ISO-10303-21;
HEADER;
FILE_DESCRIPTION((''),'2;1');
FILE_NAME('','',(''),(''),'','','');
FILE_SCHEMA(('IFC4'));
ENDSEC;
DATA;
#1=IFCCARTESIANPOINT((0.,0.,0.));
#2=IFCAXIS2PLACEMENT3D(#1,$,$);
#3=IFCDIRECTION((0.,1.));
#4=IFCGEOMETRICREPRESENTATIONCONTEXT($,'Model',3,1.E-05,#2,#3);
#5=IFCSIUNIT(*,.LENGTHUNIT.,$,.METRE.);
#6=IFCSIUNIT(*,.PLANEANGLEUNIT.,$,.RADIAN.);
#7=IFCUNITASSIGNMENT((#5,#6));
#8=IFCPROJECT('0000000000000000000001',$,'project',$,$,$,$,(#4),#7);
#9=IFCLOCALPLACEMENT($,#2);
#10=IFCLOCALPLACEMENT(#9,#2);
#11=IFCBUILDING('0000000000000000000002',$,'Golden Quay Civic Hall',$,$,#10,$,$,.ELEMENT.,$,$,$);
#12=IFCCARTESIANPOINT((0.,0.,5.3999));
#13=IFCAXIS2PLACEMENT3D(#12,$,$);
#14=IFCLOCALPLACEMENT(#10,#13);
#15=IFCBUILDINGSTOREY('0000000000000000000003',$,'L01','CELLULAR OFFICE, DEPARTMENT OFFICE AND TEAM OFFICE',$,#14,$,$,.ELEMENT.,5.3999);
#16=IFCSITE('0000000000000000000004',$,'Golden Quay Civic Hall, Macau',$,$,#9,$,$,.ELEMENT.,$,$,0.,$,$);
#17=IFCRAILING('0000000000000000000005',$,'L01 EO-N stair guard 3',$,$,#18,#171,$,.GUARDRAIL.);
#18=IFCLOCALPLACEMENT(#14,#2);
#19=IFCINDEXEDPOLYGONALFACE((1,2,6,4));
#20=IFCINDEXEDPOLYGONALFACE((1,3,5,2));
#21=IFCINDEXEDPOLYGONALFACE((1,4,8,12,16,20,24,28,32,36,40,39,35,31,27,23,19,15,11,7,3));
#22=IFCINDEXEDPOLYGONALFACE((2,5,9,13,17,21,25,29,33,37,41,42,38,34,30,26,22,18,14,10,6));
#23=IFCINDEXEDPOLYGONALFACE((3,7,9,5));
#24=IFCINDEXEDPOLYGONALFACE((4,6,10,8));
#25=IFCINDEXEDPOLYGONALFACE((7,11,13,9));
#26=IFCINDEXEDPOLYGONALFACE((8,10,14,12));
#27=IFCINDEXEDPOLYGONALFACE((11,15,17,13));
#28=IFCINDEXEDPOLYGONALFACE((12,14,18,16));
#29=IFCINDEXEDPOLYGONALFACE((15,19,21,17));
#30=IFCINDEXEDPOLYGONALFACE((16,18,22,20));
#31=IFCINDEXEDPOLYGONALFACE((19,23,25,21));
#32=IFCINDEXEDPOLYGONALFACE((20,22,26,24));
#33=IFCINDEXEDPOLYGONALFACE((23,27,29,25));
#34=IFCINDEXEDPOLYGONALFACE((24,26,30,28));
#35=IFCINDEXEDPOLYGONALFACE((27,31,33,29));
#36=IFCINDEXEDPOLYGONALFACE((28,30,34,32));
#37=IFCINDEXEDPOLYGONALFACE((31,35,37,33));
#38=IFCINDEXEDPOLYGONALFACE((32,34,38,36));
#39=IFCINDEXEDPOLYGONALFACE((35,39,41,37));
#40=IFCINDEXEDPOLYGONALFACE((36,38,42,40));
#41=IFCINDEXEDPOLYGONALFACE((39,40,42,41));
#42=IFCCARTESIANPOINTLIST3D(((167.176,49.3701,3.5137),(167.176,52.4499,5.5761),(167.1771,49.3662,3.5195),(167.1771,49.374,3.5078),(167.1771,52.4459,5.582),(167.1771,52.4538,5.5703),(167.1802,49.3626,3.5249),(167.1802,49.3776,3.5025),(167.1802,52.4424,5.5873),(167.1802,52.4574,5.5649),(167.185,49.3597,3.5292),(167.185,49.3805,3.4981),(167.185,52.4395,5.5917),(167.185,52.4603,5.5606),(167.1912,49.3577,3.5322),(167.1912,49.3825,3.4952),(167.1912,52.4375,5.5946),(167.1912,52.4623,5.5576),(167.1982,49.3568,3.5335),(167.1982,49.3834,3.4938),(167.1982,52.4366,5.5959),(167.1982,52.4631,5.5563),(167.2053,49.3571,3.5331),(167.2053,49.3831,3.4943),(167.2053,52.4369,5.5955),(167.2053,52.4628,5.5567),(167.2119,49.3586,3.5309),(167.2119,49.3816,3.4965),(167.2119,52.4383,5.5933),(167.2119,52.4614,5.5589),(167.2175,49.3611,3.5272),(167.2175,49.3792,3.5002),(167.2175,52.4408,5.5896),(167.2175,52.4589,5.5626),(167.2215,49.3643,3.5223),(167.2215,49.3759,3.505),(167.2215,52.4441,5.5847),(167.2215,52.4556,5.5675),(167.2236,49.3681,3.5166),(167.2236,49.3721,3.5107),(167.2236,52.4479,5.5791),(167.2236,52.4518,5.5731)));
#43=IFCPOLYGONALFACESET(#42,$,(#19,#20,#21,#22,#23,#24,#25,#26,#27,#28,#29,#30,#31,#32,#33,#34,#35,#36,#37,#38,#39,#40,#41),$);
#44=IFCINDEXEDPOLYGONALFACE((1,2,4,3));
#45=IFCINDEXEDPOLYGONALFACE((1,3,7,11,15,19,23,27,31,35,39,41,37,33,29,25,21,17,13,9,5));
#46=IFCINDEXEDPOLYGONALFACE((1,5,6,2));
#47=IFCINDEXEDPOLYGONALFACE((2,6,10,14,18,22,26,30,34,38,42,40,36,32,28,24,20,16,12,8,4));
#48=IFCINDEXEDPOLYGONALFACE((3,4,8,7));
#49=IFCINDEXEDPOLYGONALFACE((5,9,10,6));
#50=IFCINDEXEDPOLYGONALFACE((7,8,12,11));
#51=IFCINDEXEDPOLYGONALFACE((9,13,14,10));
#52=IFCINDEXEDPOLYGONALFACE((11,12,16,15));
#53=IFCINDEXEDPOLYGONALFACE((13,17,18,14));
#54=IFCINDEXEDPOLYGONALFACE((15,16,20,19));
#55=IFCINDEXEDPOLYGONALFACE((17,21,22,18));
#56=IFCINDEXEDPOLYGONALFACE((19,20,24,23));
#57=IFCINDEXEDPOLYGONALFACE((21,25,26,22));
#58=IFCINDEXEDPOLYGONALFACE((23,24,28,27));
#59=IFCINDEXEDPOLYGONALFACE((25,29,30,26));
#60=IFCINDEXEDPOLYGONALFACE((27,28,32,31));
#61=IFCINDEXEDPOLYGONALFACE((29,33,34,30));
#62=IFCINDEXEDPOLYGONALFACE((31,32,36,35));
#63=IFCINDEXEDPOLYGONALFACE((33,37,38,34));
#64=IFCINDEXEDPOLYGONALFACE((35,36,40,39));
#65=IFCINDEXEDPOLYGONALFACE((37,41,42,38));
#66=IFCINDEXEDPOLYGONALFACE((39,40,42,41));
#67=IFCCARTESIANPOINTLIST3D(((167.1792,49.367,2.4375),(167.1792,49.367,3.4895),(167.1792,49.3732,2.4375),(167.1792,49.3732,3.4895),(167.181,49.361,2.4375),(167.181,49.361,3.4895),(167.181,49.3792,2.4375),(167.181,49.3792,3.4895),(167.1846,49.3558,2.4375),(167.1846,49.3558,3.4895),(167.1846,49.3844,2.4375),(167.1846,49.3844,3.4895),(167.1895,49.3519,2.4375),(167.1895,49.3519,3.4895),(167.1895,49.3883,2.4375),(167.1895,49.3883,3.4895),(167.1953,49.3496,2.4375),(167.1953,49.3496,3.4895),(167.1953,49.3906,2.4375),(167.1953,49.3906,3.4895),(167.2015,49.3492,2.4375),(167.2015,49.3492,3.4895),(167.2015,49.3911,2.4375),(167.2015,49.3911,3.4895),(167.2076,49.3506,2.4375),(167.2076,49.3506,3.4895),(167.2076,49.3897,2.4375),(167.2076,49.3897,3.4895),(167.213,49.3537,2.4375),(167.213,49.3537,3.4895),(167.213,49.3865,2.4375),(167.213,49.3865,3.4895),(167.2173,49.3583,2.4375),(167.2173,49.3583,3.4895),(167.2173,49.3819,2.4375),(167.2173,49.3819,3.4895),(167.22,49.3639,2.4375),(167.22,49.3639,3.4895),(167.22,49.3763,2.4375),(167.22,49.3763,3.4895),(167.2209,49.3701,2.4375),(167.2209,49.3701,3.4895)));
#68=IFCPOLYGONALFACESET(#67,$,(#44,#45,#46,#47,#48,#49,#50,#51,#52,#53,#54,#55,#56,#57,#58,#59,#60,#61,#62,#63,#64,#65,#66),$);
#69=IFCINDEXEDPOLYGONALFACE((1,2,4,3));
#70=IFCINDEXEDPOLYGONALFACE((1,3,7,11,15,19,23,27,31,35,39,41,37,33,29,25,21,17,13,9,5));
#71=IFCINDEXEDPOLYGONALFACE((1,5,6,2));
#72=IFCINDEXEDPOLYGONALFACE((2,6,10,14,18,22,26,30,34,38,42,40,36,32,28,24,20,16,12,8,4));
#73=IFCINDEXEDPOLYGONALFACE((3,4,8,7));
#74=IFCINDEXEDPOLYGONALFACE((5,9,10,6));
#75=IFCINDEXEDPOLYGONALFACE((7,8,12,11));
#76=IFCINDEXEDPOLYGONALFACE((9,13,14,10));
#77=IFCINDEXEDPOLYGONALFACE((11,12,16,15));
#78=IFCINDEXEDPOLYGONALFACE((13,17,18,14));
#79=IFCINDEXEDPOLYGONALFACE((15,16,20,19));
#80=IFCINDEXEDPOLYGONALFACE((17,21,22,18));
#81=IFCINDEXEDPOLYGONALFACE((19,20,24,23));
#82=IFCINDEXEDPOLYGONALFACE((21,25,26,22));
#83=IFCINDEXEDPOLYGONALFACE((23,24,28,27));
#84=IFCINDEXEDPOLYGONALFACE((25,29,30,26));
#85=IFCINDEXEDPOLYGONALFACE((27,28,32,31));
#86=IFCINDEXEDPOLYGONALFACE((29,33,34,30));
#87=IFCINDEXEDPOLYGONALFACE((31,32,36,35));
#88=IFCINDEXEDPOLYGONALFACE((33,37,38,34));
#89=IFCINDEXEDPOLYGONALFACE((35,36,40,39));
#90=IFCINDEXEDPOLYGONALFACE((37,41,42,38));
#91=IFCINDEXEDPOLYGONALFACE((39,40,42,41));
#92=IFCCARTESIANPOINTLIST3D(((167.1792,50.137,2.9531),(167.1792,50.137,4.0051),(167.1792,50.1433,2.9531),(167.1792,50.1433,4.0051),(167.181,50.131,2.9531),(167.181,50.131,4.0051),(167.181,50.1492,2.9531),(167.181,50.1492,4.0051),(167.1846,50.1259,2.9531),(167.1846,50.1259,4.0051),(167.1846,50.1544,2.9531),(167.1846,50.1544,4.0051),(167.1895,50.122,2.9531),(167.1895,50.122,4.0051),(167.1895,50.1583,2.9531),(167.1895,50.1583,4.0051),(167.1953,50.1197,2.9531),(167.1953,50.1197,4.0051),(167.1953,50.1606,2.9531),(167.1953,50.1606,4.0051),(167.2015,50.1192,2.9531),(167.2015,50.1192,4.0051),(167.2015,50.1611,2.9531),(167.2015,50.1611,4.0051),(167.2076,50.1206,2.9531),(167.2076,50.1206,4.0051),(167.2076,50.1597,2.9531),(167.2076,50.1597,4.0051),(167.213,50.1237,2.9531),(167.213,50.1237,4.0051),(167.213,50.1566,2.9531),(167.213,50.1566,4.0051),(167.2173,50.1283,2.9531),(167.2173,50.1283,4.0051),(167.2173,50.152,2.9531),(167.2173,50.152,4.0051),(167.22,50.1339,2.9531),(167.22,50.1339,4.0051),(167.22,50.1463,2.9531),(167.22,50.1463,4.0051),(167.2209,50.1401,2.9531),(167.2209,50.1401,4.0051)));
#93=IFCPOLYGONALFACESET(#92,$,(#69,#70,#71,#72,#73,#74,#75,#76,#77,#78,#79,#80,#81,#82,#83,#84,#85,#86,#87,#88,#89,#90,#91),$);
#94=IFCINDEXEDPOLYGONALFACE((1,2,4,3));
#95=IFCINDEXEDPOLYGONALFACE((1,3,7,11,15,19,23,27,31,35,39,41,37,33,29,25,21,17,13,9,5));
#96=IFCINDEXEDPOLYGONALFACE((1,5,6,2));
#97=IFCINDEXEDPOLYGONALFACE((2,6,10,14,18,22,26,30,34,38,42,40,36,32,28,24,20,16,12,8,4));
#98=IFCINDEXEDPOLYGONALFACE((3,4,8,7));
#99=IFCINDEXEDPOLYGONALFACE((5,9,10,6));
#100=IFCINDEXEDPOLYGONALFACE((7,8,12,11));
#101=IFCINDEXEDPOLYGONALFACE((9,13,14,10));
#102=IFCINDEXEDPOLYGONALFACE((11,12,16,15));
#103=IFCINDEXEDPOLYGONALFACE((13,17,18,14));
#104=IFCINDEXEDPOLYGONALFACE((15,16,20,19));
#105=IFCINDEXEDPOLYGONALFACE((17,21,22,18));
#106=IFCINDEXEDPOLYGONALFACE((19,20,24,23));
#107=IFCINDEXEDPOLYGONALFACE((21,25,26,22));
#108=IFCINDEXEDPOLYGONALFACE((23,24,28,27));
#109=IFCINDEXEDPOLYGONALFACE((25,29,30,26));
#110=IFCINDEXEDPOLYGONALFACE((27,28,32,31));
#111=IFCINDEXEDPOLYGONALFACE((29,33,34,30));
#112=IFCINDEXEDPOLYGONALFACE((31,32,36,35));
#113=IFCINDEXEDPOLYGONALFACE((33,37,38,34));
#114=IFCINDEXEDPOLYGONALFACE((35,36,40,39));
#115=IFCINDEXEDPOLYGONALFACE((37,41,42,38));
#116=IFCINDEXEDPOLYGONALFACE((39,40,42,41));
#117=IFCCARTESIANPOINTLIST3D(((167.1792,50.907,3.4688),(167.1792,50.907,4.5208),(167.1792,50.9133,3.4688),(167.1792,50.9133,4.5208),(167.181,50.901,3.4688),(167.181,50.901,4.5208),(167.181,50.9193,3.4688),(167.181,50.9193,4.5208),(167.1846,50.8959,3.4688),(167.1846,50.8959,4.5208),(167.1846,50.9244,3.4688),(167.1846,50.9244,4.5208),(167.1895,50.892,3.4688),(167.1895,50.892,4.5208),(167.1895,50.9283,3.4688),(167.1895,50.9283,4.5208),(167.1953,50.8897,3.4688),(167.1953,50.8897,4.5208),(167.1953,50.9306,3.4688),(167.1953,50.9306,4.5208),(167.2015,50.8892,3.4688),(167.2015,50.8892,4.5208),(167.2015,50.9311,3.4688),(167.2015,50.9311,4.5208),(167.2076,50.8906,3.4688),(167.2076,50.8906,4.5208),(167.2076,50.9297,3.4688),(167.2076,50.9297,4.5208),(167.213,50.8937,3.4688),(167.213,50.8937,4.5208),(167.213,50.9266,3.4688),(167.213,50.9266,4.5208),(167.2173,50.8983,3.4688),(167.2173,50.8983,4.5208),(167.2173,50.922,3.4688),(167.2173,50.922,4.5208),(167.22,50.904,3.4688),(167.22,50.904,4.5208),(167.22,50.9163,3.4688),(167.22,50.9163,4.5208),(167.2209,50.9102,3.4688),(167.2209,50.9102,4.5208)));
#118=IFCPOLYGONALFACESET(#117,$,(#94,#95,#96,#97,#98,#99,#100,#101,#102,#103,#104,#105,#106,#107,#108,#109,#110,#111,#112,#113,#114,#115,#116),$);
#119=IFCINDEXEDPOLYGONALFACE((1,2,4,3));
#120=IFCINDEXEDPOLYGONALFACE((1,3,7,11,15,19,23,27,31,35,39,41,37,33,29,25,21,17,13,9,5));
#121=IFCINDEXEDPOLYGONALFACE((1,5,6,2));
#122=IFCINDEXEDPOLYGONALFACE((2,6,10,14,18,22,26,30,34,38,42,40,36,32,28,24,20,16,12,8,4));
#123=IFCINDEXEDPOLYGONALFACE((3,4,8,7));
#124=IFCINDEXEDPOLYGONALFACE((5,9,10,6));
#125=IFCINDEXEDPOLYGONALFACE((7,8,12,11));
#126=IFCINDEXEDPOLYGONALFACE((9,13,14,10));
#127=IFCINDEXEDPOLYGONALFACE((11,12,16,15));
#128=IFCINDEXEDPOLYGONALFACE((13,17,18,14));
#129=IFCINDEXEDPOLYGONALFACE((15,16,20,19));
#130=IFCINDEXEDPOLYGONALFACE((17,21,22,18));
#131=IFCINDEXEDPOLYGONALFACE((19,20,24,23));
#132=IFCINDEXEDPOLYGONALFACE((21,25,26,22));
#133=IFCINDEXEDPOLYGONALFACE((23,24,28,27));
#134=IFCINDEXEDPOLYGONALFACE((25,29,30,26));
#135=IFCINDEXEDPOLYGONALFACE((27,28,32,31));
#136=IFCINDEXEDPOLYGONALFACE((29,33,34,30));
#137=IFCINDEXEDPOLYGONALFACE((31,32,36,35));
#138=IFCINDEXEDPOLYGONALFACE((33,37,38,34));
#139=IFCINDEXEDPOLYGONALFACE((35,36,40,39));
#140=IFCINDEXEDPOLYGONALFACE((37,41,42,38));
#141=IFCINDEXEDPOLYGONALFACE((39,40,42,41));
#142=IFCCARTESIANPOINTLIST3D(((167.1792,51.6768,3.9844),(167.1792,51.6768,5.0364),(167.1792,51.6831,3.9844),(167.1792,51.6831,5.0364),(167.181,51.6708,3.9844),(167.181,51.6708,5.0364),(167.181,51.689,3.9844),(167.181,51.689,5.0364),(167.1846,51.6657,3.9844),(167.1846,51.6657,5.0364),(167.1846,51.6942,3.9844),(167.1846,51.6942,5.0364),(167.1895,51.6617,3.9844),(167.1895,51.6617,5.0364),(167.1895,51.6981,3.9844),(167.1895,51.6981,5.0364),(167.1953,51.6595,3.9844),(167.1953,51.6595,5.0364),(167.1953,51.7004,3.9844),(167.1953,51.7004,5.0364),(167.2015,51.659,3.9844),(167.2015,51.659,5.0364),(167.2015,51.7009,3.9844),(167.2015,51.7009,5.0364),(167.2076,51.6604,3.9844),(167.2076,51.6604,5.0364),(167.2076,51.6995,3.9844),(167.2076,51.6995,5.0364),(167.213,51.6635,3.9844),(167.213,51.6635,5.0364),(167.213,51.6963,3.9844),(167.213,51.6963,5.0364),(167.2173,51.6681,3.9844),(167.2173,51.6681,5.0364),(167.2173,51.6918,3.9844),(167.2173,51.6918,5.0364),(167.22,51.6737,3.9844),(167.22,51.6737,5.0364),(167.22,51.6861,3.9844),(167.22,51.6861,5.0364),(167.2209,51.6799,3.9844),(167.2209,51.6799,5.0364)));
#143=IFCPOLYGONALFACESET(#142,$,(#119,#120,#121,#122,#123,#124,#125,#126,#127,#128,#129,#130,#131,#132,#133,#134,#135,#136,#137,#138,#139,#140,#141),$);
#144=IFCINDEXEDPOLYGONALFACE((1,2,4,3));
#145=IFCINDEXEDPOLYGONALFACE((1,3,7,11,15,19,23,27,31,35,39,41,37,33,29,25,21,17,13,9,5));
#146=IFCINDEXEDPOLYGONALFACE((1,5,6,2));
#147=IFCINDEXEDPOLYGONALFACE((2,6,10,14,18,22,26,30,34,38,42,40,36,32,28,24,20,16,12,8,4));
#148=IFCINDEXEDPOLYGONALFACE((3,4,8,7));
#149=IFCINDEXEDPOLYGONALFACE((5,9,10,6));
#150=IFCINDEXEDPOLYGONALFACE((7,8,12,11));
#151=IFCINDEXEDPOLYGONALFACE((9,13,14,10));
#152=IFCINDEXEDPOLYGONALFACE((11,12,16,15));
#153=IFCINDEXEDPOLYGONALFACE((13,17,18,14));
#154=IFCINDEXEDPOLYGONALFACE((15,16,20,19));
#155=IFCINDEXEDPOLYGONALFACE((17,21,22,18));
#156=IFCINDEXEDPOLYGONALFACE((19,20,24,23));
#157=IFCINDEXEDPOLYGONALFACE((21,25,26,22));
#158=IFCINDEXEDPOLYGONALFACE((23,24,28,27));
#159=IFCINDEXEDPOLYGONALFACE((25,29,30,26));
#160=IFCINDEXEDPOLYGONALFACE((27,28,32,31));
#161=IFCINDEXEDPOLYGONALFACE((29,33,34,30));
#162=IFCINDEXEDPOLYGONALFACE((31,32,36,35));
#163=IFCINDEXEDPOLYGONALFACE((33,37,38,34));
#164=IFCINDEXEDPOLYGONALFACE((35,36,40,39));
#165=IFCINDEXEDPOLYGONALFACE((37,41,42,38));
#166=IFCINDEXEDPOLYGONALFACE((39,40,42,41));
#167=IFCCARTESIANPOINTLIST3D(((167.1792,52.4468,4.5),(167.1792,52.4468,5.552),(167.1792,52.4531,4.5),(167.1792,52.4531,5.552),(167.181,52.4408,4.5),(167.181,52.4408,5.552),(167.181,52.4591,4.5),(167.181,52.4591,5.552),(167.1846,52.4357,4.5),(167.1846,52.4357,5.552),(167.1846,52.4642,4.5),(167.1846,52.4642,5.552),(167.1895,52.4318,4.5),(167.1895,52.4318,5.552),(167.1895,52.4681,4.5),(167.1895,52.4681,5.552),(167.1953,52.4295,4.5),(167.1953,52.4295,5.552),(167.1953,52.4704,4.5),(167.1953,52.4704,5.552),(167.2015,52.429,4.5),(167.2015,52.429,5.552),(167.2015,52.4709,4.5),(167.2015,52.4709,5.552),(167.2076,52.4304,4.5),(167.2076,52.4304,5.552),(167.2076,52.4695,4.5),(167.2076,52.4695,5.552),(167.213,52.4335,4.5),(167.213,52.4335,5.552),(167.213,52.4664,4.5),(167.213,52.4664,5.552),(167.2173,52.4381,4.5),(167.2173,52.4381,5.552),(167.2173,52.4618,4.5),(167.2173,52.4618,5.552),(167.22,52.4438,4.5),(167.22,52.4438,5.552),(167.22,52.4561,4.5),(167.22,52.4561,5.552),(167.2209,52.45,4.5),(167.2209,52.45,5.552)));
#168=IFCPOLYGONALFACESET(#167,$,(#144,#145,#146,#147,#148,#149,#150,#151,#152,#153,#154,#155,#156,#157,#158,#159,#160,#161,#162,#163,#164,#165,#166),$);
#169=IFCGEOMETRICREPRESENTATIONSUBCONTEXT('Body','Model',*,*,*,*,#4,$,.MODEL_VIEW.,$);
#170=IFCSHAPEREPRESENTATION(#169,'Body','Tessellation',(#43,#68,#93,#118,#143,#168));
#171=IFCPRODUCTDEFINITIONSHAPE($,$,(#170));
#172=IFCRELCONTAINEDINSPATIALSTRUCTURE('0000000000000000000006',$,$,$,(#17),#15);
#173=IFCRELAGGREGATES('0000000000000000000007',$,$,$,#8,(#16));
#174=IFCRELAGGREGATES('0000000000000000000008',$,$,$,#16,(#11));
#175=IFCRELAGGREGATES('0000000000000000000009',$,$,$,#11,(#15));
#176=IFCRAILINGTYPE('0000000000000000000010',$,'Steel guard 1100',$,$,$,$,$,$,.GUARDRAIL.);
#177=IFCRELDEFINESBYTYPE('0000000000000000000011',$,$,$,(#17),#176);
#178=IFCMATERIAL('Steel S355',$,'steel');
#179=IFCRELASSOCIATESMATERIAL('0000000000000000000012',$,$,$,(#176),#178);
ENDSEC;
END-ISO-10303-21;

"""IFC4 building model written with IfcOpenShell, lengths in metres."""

from ifc_helpers import new_model, si_unit, direction, frame, origin, origin_2d, place, context, subcontext, project, spatial, circle, extrude, material, type_object, element, save


model = new_model("IFC4")

# Units and contexts
model_context = context("Model", 3, precision=1e-05, world=origin(), true_north=direction((0.0, 1.0)))
body_context = subcontext(model_context, "Body", "Model", "MODEL_VIEW")
ifc_project = project(units=[si_unit("LENGTHUNIT", "METRE"), si_unit("PLANEANGLEUNIT", "RADIAN")], contexts=[model_context])

# Site, building, storey
site_placement = place(None, origin())
site = spatial("IfcSite", under=ifc_project, at=site_placement, Name="Golden Quay Civic Hall, Macau", CompositionType="ELEMENT", RefElevation=0.0)
building_placement = place(site_placement, origin())
building = spatial("IfcBuilding", under=site, at=building_placement, Name="Golden Quay Civic Hall", CompositionType="ELEMENT")
storey_placement = place(building_placement, frame((0.0, 0.0, 5.3999)))
storey = spatial("IfcBuildingStorey", under=building, at=storey_placement, Name="L01", Description="CELLULAR OFFICE, DEPARTMENT OFFICE AND TEAM OFFICE", CompositionType="ELEMENT", Elevation=5.3999)

# Railing
ifc_material_1 = material(Name="Steel S355", Category="steel")
railing_type_1 = type_object("IfcRailingType", Name="Steel guard 1100", PredefinedType="GUARDRAIL", material=ifc_material_1)
railing_1_placement = place(storey_placement, frame((167.2, 49.3701, 2.4375)))
element("IfcRailing", 1, at=railing_1_placement, inside=storey, type_object=railing_type_1, Name="L01 EO-N stair guard 3", PredefinedType="GUARDRAIL", context=body_context, shape_type="SweptSolid", body=[
    extrude(circle(Radius=0.0239, at=origin_2d()), frame((0.0, 0.0, 1.0762), z_axis=(0.0, 0.830893, 0.556432), x_axis=(-1.0, 0.0, 0.0)), (0.0, 0.0, 1.0), 3.7065),
    extrude(circle(Radius=0.021, at=origin_2d()), origin(), (0.0, 0.0, 1.0), 1.052),
    extrude(circle(Radius=0.021, at=origin_2d()), frame((0.0, 0.77, 0.5156)), (0.0, 0.0, 1.0), 1.052),
    extrude(circle(Radius=0.021, at=origin_2d()), frame((0.0, 1.54, 1.0312)), (0.0, 0.0, 1.0), 1.052),
    extrude(circle(Radius=0.021, at=origin_2d()), frame((0.0, 2.3098, 1.5469)), (0.0, 0.0, 1.0), 1.052),
    extrude(circle(Radius=0.021, at=origin_2d()), frame((0.0, 3.0798, 2.0625)), (0.0, 0.0, 1.0), 1.052),
])

save(model, "model.ifc")
